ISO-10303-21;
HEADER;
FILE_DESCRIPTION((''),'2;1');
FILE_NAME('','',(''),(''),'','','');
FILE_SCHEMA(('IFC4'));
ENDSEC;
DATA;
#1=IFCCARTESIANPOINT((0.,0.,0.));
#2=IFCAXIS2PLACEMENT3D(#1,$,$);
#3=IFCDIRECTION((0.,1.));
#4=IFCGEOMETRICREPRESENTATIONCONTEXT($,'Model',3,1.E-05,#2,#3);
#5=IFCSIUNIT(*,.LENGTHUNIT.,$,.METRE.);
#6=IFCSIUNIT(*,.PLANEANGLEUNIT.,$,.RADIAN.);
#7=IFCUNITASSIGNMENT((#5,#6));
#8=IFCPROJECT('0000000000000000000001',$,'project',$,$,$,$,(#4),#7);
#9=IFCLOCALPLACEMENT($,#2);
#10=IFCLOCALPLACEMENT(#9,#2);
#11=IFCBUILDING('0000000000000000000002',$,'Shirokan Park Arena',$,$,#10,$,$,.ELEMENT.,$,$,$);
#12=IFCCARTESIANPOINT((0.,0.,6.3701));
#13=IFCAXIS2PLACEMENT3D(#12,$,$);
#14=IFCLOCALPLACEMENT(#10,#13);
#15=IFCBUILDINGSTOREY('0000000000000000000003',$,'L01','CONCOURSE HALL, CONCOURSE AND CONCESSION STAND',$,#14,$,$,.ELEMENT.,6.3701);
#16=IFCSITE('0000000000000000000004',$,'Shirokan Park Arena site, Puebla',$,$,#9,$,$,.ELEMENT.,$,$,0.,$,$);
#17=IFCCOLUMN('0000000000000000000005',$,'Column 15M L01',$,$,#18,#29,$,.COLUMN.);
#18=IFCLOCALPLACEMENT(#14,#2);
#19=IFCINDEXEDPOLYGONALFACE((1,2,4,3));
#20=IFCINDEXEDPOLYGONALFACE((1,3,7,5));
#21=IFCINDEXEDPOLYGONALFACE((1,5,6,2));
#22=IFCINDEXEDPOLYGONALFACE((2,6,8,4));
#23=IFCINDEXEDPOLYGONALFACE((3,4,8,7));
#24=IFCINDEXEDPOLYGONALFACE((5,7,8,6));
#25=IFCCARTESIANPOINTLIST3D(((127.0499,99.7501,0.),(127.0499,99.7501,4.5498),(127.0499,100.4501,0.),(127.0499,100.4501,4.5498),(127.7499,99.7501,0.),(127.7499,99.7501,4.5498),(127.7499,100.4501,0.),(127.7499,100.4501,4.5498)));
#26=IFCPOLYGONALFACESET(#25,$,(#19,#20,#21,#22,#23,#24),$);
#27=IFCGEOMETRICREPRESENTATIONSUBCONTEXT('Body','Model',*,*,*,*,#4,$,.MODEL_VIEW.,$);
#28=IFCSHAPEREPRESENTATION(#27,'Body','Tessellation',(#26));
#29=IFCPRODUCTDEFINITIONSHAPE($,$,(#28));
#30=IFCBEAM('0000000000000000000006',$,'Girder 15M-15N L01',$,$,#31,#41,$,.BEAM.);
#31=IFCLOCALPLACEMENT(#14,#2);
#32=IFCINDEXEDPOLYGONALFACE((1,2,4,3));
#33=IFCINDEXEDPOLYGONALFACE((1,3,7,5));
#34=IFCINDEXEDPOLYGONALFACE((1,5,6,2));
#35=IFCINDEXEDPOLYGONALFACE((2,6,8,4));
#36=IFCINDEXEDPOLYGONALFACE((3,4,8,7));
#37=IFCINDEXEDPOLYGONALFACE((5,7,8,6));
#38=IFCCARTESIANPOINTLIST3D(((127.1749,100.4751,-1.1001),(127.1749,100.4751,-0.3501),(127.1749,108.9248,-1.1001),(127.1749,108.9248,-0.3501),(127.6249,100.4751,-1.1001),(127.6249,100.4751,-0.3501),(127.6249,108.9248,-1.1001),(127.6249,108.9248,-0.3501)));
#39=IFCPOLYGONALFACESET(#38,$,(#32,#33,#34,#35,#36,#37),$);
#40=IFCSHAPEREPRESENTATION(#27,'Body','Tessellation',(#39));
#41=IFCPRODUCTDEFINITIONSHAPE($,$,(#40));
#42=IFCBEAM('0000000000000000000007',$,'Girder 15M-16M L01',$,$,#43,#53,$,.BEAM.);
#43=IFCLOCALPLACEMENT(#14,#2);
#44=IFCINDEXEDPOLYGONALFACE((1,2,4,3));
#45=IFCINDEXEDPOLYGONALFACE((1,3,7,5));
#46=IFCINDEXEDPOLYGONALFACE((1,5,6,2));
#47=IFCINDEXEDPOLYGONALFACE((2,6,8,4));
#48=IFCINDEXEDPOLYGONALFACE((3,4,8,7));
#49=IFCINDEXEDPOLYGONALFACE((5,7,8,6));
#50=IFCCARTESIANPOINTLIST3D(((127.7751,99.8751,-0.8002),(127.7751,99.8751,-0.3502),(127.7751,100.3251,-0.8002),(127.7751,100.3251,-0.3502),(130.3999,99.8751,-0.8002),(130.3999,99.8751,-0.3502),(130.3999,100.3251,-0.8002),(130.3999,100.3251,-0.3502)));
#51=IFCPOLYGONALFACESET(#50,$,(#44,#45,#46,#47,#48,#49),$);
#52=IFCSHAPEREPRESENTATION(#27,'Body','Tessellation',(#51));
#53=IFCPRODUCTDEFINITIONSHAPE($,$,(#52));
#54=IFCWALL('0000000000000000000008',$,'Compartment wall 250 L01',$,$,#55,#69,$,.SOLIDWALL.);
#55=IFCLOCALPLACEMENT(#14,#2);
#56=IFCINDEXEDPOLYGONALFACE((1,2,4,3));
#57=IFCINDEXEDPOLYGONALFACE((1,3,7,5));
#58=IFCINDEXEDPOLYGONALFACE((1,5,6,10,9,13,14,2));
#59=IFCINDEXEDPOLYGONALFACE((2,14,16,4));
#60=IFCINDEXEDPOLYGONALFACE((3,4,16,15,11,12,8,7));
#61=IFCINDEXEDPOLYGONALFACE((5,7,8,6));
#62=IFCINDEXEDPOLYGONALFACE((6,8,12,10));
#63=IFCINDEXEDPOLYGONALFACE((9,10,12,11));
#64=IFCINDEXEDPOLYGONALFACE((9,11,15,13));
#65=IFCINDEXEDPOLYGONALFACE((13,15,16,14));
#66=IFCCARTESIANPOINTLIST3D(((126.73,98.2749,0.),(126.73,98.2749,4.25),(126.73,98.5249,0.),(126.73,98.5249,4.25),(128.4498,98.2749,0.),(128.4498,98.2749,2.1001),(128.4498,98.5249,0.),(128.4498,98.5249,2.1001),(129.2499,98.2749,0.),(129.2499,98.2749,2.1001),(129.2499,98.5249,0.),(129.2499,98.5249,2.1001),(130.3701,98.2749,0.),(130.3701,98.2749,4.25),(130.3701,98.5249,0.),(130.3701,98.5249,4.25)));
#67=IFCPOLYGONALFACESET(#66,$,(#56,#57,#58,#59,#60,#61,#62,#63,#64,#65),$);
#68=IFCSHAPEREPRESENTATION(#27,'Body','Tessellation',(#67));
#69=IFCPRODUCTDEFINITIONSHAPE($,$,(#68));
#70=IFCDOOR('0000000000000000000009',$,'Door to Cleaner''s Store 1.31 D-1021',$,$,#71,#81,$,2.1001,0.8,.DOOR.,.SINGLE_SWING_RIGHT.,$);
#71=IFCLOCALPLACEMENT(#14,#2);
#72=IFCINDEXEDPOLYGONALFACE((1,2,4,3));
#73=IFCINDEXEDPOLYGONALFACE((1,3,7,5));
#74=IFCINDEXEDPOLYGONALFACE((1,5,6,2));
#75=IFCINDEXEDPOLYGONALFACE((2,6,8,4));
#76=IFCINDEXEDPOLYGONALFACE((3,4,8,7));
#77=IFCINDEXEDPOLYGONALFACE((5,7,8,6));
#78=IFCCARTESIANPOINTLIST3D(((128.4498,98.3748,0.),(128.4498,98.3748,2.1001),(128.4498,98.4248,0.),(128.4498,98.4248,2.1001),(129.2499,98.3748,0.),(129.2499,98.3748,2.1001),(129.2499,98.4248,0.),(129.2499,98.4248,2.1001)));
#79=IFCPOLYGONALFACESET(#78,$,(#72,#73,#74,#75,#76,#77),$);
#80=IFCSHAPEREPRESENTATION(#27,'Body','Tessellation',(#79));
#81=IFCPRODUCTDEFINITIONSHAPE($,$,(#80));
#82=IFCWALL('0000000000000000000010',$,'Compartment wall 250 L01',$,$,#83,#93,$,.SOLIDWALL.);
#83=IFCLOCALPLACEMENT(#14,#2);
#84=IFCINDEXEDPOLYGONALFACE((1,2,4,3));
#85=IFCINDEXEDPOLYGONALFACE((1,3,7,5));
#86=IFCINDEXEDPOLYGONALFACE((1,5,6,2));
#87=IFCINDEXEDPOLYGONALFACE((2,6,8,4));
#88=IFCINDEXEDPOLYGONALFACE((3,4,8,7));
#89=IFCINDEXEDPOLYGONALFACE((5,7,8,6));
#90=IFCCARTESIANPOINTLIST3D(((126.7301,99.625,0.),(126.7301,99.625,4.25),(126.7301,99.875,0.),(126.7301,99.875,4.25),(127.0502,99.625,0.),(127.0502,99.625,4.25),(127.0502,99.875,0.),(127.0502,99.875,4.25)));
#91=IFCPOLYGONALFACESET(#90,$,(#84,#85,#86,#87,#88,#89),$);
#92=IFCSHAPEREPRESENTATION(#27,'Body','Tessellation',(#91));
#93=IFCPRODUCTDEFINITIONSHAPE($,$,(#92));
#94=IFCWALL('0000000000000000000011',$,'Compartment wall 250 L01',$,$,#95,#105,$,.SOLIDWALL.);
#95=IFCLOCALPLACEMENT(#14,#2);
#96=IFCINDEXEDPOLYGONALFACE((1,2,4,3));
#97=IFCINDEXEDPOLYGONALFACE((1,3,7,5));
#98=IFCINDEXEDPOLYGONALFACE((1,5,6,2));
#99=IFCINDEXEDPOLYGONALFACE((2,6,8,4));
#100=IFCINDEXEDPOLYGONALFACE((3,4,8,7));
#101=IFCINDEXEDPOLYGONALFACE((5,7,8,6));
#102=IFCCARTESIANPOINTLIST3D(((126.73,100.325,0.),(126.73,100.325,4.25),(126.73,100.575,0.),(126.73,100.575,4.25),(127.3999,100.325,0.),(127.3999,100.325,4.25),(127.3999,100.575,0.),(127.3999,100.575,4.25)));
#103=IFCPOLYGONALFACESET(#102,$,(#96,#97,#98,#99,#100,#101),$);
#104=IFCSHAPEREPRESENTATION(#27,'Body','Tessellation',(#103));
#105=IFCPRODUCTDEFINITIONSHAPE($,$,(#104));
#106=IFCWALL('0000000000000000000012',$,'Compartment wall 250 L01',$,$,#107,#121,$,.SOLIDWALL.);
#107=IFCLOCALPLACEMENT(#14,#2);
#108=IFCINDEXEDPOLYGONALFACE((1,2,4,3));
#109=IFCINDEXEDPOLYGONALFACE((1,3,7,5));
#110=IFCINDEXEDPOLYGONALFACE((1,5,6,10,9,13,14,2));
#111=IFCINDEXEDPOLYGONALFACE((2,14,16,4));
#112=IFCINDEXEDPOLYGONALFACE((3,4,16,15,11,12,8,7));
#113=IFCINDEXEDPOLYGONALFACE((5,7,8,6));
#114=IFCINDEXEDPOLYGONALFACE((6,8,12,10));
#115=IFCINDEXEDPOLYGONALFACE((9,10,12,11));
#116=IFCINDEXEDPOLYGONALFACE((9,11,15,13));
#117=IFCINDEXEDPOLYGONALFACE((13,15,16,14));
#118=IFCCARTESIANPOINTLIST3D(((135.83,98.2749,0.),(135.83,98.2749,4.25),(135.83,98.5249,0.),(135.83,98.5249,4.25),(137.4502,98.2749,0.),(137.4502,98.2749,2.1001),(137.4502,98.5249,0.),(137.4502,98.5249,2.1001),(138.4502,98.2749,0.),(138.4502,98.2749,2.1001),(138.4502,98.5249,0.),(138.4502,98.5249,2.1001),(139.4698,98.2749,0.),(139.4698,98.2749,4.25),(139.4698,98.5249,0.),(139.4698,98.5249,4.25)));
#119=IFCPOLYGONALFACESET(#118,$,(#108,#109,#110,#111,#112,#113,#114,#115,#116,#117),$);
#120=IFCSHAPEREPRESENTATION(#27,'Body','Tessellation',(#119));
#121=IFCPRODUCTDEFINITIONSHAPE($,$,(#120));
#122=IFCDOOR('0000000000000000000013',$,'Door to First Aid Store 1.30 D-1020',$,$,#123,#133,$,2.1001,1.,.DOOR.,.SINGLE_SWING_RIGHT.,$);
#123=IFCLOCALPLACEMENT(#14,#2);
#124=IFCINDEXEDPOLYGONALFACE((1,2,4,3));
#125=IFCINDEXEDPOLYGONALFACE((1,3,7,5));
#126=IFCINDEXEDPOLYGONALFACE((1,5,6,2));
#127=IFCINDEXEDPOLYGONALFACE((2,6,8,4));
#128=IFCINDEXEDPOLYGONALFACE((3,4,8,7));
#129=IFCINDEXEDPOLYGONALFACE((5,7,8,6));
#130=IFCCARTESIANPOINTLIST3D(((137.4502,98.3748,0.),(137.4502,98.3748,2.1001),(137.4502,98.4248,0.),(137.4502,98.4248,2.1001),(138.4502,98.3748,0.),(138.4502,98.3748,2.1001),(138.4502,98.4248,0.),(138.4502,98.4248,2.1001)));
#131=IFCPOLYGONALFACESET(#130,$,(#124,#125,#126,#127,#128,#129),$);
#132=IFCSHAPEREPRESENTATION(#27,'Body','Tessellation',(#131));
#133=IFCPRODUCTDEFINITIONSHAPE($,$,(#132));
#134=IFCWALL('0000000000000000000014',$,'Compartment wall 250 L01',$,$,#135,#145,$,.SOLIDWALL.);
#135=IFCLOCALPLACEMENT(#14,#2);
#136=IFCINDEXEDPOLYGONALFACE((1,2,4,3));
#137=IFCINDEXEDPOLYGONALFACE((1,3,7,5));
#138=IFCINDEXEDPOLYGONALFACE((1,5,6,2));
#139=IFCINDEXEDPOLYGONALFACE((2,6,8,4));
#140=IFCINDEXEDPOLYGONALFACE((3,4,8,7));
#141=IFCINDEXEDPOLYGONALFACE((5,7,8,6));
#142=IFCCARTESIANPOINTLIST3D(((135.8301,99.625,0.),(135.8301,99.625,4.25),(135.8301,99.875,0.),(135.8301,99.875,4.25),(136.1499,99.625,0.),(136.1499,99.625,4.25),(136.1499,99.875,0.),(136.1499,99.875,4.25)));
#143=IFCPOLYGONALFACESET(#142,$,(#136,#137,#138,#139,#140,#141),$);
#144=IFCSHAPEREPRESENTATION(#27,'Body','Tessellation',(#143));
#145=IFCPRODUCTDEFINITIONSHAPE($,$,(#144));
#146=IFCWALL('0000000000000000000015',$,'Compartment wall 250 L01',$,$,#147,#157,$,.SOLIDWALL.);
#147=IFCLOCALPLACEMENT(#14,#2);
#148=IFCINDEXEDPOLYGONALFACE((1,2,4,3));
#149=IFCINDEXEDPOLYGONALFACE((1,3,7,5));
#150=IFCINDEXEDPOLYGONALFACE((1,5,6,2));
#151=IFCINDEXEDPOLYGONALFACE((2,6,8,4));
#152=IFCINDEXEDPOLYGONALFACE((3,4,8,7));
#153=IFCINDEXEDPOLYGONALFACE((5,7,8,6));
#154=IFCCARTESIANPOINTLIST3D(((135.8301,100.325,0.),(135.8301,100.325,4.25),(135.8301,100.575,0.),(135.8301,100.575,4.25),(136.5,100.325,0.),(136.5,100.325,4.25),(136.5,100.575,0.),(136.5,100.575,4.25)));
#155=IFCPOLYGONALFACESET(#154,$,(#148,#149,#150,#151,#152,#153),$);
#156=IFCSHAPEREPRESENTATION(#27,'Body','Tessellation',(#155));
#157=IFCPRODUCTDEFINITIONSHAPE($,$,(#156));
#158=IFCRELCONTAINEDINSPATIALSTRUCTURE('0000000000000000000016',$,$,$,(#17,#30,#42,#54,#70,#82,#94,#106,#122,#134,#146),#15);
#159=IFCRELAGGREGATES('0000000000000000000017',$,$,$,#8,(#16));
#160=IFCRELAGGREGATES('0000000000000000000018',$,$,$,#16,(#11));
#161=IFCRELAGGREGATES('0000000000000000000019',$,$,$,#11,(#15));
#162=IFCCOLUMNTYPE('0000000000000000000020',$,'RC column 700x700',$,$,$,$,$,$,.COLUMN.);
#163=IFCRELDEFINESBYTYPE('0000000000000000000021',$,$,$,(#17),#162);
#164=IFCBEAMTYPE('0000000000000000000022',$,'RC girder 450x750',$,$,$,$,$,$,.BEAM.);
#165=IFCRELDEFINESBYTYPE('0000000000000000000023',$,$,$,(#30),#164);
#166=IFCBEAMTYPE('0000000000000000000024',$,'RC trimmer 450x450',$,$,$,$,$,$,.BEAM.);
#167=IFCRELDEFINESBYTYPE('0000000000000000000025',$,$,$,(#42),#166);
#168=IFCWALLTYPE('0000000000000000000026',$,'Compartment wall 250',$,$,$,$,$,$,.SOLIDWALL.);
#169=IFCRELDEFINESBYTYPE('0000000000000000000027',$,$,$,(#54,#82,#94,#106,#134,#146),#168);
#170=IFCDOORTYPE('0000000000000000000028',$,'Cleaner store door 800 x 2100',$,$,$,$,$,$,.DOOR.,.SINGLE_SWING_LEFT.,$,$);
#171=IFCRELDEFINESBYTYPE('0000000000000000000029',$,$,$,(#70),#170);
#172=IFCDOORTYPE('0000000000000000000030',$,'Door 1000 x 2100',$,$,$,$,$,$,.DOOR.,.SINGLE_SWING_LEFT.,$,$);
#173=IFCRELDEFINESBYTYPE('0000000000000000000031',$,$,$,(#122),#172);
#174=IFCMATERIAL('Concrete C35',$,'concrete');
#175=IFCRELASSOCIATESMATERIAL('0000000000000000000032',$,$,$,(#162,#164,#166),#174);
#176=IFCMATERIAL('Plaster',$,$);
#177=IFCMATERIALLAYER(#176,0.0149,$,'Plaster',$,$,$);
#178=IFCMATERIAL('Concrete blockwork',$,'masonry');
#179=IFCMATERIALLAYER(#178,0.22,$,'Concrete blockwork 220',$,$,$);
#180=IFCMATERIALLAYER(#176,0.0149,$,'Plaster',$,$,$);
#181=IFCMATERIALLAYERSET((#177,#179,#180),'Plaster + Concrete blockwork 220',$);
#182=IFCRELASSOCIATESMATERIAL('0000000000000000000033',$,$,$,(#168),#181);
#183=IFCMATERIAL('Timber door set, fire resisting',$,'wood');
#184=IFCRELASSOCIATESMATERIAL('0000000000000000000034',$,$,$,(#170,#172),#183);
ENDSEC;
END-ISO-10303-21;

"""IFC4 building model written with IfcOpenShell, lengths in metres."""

from ifc_helpers import new_model, si_unit, direction, frame, frame_2d, origin, origin_2d, place, context, subcontext, project, spatial, rectangle, extrude, material, layer, layer_set, material_profile, profile_set, type_object, element, fill, save


model = new_model("IFC4")

# Units and contexts
model_context = context("Model", 3, precision=1e-05, world=origin(), true_north=direction((0.0, 1.0)))
body_context = subcontext(model_context, "Body", "Model", "MODEL_VIEW")
ifc_project = project(units=[si_unit("LENGTHUNIT", "METRE"), si_unit("PLANEANGLEUNIT", "RADIAN")], contexts=[model_context])

# Site, building, storey
site_placement = place(None, origin())
site = spatial("IfcSite", under=ifc_project, at=site_placement, Name="Shirokan Park Arena site, Puebla", CompositionType="ELEMENT", RefElevation=0.0)
building_placement = place(site_placement, origin())
building = spatial("IfcBuilding", under=site, at=building_placement, Name="Shirokan Park Arena", CompositionType="ELEMENT")
storey_placement = place(building_placement, frame((0.0, 0.0, 6.3701)))
storey = spatial("IfcBuildingStorey", under=building, at=storey_placement, Name="L01", Description="CONCOURSE HALL, CONCOURSE AND CONCESSION STAND", CompositionType="ELEMENT", Elevation=6.3701)

# Column
ifc_material_1 = material(Name="Concrete C35", Category="concrete")
ifc_material_profile_1 = material_profile(ifc_material_1, rectangle(XDim=0.7, YDim=0.7, at=origin_2d()), Name="700x700")
ifc_profile_set_1 = profile_set([ifc_material_profile_1], Name="Concrete C35")
column_type = type_object("IfcColumnType", Name="RC column 700x700", PredefinedType="COLUMN", material=ifc_profile_set_1)
column_placement = place(storey_placement, frame((127.3999, 100.1001, 0.0), z_axis=(0.0, 0.0, 1.0), x_axis=(1.0, 0.0, 0.0)))
element("IfcColumn", 1, at=column_placement, inside=storey, type_object=column_type, Name="Column 15M L01", PredefinedType="COLUMN", context=body_context, shape_type="SweptSolid", body=[
    extrude(rectangle(XDim=0.7, YDim=0.7, at=origin_2d()), origin(), (0.0, 0.0, 1.0), 4.5498),
])

# Beams
ifc_material_profile_2 = material_profile(ifc_material_1, rectangle(XDim=0.45, YDim=0.75, at=origin_2d()), Name="450x750")
ifc_profile_set_2 = profile_set([ifc_material_profile_2], Name="Concrete C35")
beam_type_1 = type_object("IfcBeamType", Name="RC girder 450x750", PredefinedType="BEAM", material=ifc_profile_set_2)
beam_1_placement = place(storey_placement, frame((127.3999, 100.4751, -0.7251), z_axis=(0.0, 1.0, 0.0), x_axis=(-1.0, 0.0, 0.0)))
element("IfcBeam", 2, at=beam_1_placement, inside=storey, type_object=beam_type_1, Name="Girder 15M-15N L01", PredefinedType="BEAM", context=body_context, shape_type="SweptSolid", body=[
    extrude(rectangle(XDim=0.45, YDim=0.75, at=origin_2d()), origin(), (0.0, 0.0, 1.0), 8.4497),
])
ifc_material_profile_3 = material_profile(ifc_material_1, rectangle(XDim=0.45, YDim=0.45, at=origin_2d()), Name="450x450")
ifc_profile_set_3 = profile_set([ifc_material_profile_3], Name="Concrete C35")
beam_type_2 = type_object("IfcBeamType", Name="RC trimmer 450x450", PredefinedType="BEAM", material=ifc_profile_set_3)
beam_2_placement = place(storey_placement, frame((127.7751, 100.1001, -0.5752), z_axis=(1.0, 0.0, 0.0), x_axis=(0.0, 1.0, 0.0)))
element("IfcBeam", 3, at=beam_2_placement, inside=storey, type_object=beam_type_2, Name="Girder 15M-16M L01", PredefinedType="BEAM", context=body_context, shape_type="SweptSolid", body=[
    extrude(rectangle(XDim=0.45, YDim=0.45, at=origin_2d()), origin(), (0.0, 0.0, 1.0), 2.6248),
])

# Wall, opening, door
ifc_material_2 = material(Name="Plaster")
ifc_layer_1 = layer(ifc_material_2, 0.0149, Name="Plaster")
ifc_material_3 = material(Name="Concrete blockwork", Category="masonry")
ifc_layer_2 = layer(ifc_material_3, 0.22, Name="Concrete blockwork 220")
ifc_layer_3 = layer(ifc_material_2, 0.0149, Name="Plaster")
ifc_layer_set_1 = layer_set([ifc_layer_1, ifc_layer_2, ifc_layer_3], Name="Plaster + Concrete blockwork 220")
wall_type_1 = type_object("IfcWallType", Name="Compartment wall 250", PredefinedType="SOLIDWALL", material=ifc_layer_set_1)
wall_1_placement = place(storey_placement, frame((126.73, 98.3999, 0.0), z_axis=(0.0, 0.0, 1.0), x_axis=(1.0, 0.0, 0.0)))
wall_1 = element("IfcWall", 4, at=wall_1_placement, inside=storey, type_object=wall_type_1, Name="Compartment wall 250 L01", PredefinedType="SOLIDWALL", context=body_context, shape_type="SweptSolid", body=[
    extrude(rectangle(XDim=3.6401, YDim=0.25, at=frame_2d((1.8201, 0.0))), origin(), (0.0, 0.0, 1.0), 4.25),
])
opening_1_placement = place(wall_1_placement, frame((1.72, 0.0, 0.0)))
opening_1 = element("IfcOpeningElement", 5, at=opening_1_placement, cuts=wall_1, PredefinedType="OPENING", context=body_context, shape_type="SweptSolid", body=[
    extrude(rectangle(XDim=0.8, YDim=2.1001, at=frame_2d((0.3999, 1.05))), frame((0.0, 0.135, 0.0), z_axis=(0.0, -1.0, 0.0), x_axis=(1.0, 0.0, 0.0)), (0.0, 0.0, 1.0), 0.27),
])
ifc_material_4 = material(Name="Timber door set, fire resisting", Category="wood")
door_type_1 = type_object("IfcDoorType", Name="Cleaner store door 800 x 2100", OperationType="SINGLE_SWING_LEFT", PredefinedType="DOOR", material=ifc_material_4)
door_1_placement = place(opening_1_placement, origin())
door_1 = element("IfcDoor", 6, at=door_1_placement, inside=storey, type_object=door_type_1, Name="Door to Cleaner's Store 1.31 D-1021", OperationType="SINGLE_SWING_RIGHT", OverallHeight=2.1001, OverallWidth=0.8, PredefinedType="DOOR", context=body_context, shape_type="SweptSolid", body=[
    extrude(rectangle(XDim=0.8, YDim=2.1001, at=frame_2d((0.3999, 1.05))), frame((0.0, 0.0249, 0.0), z_axis=(0.0, -1.0, 0.0), x_axis=(1.0, 0.0, 0.0)), (0.0, 0.0, 1.0), 0.05),
])
fill(opening_1, door_1)

# Walls
wall_2_placement = place(storey_placement, frame((126.73, 99.75, 0.0), z_axis=(0.0, 0.0, 1.0), x_axis=(1.0, 0.0, 0.0)))
element("IfcWall", 7, at=wall_2_placement, inside=storey, type_object=wall_type_1, Name="Compartment wall 250 L01", PredefinedType="SOLIDWALL", context=body_context, shape_type="SweptSolid", body=[
    extrude(rectangle(XDim=0.3201, YDim=0.25, at=frame_2d((0.1602, 0.0))), origin(), (0.0, 0.0, 1.0), 4.25),
])
wall_3_placement = place(storey_placement, frame((126.73, 100.45, 0.0), z_axis=(0.0, 0.0, 1.0), x_axis=(1.0, 0.0, 0.0)))
element("IfcWall", 8, at=wall_3_placement, inside=storey, type_object=wall_type_1, Name="Compartment wall 250 L01", PredefinedType="SOLIDWALL", context=body_context, shape_type="SweptSolid", body=[
    extrude(rectangle(XDim=0.6699, YDim=0.25, at=frame_2d((0.335, 0.0))), origin(), (0.0, 0.0, 1.0), 4.25),
])

# Wall, opening, door
wall_4_placement = place(storey_placement, frame((135.8301, 98.3999, 0.0), z_axis=(0.0, 0.0, 1.0), x_axis=(1.0, 0.0, 0.0)))
wall_4 = element("IfcWall", 9, at=wall_4_placement, inside=storey, type_object=wall_type_1, Name="Compartment wall 250 L01", PredefinedType="SOLIDWALL", context=body_context, shape_type="SweptSolid", body=[
    extrude(rectangle(XDim=3.6399, YDim=0.25, at=frame_2d((1.8198, 0.0))), origin(), (0.0, 0.0, 1.0), 4.25),
])
opening_2_placement = place(wall_4_placement, frame((1.6201, 0.0, 0.0)))
opening_2 = element("IfcOpeningElement", 10, at=opening_2_placement, cuts=wall_4, PredefinedType="OPENING", context=body_context, shape_type="SweptSolid", body=[
    extrude(rectangle(XDim=1.0, YDim=2.1001, at=frame_2d((0.5, 1.05))), frame((0.0, 0.135, 0.0), z_axis=(0.0, -1.0, 0.0), x_axis=(1.0, 0.0, 0.0)), (0.0, 0.0, 1.0), 0.27),
])
door_type_2 = type_object("IfcDoorType", Name="Door 1000 x 2100", OperationType="SINGLE_SWING_LEFT", PredefinedType="DOOR", material=ifc_material_4)
door_2_placement = place(opening_2_placement, origin())
door_2 = element("IfcDoor", 11, at=door_2_placement, inside=storey, type_object=door_type_2, Name="Door to First Aid Store 1.30 D-1020", OperationType="SINGLE_SWING_RIGHT", OverallHeight=2.1001, OverallWidth=1.0, PredefinedType="DOOR", context=body_context, shape_type="SweptSolid", body=[
    extrude(rectangle(XDim=1.0, YDim=2.1001, at=frame_2d((0.5, 1.05))), frame((0.0, 0.0249, 0.0), z_axis=(0.0, -1.0, 0.0), x_axis=(1.0, 0.0, 0.0)), (0.0, 0.0, 1.0), 0.05),
])
fill(opening_2, door_2)

# Walls
wall_5_placement = place(storey_placement, frame((135.8301, 99.75, 0.0), z_axis=(0.0, 0.0, 1.0), x_axis=(1.0, 0.0, 0.0)))
element("IfcWall", 12, at=wall_5_placement, inside=storey, type_object=wall_type_1, Name="Compartment wall 250 L01", PredefinedType="SOLIDWALL", context=body_context, shape_type="SweptSolid", body=[
    extrude(rectangle(XDim=0.3198, YDim=0.25, at=frame_2d((0.1599, 0.0))), origin(), (0.0, 0.0, 1.0), 4.25),
])
wall_6_placement = place(storey_placement, frame((135.8301, 100.45, 0.0), z_axis=(0.0, 0.0, 1.0), x_axis=(1.0, 0.0, 0.0)))
element("IfcWall", 13, at=wall_6_placement, inside=storey, type_object=wall_type_1, Name="Compartment wall 250 L01", PredefinedType="SOLIDWALL", context=body_context, shape_type="SweptSolid", body=[
    extrude(rectangle(XDim=0.6699, YDim=0.25, at=frame_2d((0.335, 0.0))), origin(), (0.0, 0.0, 1.0), 4.25),
])

save(model, "model.ifc")
